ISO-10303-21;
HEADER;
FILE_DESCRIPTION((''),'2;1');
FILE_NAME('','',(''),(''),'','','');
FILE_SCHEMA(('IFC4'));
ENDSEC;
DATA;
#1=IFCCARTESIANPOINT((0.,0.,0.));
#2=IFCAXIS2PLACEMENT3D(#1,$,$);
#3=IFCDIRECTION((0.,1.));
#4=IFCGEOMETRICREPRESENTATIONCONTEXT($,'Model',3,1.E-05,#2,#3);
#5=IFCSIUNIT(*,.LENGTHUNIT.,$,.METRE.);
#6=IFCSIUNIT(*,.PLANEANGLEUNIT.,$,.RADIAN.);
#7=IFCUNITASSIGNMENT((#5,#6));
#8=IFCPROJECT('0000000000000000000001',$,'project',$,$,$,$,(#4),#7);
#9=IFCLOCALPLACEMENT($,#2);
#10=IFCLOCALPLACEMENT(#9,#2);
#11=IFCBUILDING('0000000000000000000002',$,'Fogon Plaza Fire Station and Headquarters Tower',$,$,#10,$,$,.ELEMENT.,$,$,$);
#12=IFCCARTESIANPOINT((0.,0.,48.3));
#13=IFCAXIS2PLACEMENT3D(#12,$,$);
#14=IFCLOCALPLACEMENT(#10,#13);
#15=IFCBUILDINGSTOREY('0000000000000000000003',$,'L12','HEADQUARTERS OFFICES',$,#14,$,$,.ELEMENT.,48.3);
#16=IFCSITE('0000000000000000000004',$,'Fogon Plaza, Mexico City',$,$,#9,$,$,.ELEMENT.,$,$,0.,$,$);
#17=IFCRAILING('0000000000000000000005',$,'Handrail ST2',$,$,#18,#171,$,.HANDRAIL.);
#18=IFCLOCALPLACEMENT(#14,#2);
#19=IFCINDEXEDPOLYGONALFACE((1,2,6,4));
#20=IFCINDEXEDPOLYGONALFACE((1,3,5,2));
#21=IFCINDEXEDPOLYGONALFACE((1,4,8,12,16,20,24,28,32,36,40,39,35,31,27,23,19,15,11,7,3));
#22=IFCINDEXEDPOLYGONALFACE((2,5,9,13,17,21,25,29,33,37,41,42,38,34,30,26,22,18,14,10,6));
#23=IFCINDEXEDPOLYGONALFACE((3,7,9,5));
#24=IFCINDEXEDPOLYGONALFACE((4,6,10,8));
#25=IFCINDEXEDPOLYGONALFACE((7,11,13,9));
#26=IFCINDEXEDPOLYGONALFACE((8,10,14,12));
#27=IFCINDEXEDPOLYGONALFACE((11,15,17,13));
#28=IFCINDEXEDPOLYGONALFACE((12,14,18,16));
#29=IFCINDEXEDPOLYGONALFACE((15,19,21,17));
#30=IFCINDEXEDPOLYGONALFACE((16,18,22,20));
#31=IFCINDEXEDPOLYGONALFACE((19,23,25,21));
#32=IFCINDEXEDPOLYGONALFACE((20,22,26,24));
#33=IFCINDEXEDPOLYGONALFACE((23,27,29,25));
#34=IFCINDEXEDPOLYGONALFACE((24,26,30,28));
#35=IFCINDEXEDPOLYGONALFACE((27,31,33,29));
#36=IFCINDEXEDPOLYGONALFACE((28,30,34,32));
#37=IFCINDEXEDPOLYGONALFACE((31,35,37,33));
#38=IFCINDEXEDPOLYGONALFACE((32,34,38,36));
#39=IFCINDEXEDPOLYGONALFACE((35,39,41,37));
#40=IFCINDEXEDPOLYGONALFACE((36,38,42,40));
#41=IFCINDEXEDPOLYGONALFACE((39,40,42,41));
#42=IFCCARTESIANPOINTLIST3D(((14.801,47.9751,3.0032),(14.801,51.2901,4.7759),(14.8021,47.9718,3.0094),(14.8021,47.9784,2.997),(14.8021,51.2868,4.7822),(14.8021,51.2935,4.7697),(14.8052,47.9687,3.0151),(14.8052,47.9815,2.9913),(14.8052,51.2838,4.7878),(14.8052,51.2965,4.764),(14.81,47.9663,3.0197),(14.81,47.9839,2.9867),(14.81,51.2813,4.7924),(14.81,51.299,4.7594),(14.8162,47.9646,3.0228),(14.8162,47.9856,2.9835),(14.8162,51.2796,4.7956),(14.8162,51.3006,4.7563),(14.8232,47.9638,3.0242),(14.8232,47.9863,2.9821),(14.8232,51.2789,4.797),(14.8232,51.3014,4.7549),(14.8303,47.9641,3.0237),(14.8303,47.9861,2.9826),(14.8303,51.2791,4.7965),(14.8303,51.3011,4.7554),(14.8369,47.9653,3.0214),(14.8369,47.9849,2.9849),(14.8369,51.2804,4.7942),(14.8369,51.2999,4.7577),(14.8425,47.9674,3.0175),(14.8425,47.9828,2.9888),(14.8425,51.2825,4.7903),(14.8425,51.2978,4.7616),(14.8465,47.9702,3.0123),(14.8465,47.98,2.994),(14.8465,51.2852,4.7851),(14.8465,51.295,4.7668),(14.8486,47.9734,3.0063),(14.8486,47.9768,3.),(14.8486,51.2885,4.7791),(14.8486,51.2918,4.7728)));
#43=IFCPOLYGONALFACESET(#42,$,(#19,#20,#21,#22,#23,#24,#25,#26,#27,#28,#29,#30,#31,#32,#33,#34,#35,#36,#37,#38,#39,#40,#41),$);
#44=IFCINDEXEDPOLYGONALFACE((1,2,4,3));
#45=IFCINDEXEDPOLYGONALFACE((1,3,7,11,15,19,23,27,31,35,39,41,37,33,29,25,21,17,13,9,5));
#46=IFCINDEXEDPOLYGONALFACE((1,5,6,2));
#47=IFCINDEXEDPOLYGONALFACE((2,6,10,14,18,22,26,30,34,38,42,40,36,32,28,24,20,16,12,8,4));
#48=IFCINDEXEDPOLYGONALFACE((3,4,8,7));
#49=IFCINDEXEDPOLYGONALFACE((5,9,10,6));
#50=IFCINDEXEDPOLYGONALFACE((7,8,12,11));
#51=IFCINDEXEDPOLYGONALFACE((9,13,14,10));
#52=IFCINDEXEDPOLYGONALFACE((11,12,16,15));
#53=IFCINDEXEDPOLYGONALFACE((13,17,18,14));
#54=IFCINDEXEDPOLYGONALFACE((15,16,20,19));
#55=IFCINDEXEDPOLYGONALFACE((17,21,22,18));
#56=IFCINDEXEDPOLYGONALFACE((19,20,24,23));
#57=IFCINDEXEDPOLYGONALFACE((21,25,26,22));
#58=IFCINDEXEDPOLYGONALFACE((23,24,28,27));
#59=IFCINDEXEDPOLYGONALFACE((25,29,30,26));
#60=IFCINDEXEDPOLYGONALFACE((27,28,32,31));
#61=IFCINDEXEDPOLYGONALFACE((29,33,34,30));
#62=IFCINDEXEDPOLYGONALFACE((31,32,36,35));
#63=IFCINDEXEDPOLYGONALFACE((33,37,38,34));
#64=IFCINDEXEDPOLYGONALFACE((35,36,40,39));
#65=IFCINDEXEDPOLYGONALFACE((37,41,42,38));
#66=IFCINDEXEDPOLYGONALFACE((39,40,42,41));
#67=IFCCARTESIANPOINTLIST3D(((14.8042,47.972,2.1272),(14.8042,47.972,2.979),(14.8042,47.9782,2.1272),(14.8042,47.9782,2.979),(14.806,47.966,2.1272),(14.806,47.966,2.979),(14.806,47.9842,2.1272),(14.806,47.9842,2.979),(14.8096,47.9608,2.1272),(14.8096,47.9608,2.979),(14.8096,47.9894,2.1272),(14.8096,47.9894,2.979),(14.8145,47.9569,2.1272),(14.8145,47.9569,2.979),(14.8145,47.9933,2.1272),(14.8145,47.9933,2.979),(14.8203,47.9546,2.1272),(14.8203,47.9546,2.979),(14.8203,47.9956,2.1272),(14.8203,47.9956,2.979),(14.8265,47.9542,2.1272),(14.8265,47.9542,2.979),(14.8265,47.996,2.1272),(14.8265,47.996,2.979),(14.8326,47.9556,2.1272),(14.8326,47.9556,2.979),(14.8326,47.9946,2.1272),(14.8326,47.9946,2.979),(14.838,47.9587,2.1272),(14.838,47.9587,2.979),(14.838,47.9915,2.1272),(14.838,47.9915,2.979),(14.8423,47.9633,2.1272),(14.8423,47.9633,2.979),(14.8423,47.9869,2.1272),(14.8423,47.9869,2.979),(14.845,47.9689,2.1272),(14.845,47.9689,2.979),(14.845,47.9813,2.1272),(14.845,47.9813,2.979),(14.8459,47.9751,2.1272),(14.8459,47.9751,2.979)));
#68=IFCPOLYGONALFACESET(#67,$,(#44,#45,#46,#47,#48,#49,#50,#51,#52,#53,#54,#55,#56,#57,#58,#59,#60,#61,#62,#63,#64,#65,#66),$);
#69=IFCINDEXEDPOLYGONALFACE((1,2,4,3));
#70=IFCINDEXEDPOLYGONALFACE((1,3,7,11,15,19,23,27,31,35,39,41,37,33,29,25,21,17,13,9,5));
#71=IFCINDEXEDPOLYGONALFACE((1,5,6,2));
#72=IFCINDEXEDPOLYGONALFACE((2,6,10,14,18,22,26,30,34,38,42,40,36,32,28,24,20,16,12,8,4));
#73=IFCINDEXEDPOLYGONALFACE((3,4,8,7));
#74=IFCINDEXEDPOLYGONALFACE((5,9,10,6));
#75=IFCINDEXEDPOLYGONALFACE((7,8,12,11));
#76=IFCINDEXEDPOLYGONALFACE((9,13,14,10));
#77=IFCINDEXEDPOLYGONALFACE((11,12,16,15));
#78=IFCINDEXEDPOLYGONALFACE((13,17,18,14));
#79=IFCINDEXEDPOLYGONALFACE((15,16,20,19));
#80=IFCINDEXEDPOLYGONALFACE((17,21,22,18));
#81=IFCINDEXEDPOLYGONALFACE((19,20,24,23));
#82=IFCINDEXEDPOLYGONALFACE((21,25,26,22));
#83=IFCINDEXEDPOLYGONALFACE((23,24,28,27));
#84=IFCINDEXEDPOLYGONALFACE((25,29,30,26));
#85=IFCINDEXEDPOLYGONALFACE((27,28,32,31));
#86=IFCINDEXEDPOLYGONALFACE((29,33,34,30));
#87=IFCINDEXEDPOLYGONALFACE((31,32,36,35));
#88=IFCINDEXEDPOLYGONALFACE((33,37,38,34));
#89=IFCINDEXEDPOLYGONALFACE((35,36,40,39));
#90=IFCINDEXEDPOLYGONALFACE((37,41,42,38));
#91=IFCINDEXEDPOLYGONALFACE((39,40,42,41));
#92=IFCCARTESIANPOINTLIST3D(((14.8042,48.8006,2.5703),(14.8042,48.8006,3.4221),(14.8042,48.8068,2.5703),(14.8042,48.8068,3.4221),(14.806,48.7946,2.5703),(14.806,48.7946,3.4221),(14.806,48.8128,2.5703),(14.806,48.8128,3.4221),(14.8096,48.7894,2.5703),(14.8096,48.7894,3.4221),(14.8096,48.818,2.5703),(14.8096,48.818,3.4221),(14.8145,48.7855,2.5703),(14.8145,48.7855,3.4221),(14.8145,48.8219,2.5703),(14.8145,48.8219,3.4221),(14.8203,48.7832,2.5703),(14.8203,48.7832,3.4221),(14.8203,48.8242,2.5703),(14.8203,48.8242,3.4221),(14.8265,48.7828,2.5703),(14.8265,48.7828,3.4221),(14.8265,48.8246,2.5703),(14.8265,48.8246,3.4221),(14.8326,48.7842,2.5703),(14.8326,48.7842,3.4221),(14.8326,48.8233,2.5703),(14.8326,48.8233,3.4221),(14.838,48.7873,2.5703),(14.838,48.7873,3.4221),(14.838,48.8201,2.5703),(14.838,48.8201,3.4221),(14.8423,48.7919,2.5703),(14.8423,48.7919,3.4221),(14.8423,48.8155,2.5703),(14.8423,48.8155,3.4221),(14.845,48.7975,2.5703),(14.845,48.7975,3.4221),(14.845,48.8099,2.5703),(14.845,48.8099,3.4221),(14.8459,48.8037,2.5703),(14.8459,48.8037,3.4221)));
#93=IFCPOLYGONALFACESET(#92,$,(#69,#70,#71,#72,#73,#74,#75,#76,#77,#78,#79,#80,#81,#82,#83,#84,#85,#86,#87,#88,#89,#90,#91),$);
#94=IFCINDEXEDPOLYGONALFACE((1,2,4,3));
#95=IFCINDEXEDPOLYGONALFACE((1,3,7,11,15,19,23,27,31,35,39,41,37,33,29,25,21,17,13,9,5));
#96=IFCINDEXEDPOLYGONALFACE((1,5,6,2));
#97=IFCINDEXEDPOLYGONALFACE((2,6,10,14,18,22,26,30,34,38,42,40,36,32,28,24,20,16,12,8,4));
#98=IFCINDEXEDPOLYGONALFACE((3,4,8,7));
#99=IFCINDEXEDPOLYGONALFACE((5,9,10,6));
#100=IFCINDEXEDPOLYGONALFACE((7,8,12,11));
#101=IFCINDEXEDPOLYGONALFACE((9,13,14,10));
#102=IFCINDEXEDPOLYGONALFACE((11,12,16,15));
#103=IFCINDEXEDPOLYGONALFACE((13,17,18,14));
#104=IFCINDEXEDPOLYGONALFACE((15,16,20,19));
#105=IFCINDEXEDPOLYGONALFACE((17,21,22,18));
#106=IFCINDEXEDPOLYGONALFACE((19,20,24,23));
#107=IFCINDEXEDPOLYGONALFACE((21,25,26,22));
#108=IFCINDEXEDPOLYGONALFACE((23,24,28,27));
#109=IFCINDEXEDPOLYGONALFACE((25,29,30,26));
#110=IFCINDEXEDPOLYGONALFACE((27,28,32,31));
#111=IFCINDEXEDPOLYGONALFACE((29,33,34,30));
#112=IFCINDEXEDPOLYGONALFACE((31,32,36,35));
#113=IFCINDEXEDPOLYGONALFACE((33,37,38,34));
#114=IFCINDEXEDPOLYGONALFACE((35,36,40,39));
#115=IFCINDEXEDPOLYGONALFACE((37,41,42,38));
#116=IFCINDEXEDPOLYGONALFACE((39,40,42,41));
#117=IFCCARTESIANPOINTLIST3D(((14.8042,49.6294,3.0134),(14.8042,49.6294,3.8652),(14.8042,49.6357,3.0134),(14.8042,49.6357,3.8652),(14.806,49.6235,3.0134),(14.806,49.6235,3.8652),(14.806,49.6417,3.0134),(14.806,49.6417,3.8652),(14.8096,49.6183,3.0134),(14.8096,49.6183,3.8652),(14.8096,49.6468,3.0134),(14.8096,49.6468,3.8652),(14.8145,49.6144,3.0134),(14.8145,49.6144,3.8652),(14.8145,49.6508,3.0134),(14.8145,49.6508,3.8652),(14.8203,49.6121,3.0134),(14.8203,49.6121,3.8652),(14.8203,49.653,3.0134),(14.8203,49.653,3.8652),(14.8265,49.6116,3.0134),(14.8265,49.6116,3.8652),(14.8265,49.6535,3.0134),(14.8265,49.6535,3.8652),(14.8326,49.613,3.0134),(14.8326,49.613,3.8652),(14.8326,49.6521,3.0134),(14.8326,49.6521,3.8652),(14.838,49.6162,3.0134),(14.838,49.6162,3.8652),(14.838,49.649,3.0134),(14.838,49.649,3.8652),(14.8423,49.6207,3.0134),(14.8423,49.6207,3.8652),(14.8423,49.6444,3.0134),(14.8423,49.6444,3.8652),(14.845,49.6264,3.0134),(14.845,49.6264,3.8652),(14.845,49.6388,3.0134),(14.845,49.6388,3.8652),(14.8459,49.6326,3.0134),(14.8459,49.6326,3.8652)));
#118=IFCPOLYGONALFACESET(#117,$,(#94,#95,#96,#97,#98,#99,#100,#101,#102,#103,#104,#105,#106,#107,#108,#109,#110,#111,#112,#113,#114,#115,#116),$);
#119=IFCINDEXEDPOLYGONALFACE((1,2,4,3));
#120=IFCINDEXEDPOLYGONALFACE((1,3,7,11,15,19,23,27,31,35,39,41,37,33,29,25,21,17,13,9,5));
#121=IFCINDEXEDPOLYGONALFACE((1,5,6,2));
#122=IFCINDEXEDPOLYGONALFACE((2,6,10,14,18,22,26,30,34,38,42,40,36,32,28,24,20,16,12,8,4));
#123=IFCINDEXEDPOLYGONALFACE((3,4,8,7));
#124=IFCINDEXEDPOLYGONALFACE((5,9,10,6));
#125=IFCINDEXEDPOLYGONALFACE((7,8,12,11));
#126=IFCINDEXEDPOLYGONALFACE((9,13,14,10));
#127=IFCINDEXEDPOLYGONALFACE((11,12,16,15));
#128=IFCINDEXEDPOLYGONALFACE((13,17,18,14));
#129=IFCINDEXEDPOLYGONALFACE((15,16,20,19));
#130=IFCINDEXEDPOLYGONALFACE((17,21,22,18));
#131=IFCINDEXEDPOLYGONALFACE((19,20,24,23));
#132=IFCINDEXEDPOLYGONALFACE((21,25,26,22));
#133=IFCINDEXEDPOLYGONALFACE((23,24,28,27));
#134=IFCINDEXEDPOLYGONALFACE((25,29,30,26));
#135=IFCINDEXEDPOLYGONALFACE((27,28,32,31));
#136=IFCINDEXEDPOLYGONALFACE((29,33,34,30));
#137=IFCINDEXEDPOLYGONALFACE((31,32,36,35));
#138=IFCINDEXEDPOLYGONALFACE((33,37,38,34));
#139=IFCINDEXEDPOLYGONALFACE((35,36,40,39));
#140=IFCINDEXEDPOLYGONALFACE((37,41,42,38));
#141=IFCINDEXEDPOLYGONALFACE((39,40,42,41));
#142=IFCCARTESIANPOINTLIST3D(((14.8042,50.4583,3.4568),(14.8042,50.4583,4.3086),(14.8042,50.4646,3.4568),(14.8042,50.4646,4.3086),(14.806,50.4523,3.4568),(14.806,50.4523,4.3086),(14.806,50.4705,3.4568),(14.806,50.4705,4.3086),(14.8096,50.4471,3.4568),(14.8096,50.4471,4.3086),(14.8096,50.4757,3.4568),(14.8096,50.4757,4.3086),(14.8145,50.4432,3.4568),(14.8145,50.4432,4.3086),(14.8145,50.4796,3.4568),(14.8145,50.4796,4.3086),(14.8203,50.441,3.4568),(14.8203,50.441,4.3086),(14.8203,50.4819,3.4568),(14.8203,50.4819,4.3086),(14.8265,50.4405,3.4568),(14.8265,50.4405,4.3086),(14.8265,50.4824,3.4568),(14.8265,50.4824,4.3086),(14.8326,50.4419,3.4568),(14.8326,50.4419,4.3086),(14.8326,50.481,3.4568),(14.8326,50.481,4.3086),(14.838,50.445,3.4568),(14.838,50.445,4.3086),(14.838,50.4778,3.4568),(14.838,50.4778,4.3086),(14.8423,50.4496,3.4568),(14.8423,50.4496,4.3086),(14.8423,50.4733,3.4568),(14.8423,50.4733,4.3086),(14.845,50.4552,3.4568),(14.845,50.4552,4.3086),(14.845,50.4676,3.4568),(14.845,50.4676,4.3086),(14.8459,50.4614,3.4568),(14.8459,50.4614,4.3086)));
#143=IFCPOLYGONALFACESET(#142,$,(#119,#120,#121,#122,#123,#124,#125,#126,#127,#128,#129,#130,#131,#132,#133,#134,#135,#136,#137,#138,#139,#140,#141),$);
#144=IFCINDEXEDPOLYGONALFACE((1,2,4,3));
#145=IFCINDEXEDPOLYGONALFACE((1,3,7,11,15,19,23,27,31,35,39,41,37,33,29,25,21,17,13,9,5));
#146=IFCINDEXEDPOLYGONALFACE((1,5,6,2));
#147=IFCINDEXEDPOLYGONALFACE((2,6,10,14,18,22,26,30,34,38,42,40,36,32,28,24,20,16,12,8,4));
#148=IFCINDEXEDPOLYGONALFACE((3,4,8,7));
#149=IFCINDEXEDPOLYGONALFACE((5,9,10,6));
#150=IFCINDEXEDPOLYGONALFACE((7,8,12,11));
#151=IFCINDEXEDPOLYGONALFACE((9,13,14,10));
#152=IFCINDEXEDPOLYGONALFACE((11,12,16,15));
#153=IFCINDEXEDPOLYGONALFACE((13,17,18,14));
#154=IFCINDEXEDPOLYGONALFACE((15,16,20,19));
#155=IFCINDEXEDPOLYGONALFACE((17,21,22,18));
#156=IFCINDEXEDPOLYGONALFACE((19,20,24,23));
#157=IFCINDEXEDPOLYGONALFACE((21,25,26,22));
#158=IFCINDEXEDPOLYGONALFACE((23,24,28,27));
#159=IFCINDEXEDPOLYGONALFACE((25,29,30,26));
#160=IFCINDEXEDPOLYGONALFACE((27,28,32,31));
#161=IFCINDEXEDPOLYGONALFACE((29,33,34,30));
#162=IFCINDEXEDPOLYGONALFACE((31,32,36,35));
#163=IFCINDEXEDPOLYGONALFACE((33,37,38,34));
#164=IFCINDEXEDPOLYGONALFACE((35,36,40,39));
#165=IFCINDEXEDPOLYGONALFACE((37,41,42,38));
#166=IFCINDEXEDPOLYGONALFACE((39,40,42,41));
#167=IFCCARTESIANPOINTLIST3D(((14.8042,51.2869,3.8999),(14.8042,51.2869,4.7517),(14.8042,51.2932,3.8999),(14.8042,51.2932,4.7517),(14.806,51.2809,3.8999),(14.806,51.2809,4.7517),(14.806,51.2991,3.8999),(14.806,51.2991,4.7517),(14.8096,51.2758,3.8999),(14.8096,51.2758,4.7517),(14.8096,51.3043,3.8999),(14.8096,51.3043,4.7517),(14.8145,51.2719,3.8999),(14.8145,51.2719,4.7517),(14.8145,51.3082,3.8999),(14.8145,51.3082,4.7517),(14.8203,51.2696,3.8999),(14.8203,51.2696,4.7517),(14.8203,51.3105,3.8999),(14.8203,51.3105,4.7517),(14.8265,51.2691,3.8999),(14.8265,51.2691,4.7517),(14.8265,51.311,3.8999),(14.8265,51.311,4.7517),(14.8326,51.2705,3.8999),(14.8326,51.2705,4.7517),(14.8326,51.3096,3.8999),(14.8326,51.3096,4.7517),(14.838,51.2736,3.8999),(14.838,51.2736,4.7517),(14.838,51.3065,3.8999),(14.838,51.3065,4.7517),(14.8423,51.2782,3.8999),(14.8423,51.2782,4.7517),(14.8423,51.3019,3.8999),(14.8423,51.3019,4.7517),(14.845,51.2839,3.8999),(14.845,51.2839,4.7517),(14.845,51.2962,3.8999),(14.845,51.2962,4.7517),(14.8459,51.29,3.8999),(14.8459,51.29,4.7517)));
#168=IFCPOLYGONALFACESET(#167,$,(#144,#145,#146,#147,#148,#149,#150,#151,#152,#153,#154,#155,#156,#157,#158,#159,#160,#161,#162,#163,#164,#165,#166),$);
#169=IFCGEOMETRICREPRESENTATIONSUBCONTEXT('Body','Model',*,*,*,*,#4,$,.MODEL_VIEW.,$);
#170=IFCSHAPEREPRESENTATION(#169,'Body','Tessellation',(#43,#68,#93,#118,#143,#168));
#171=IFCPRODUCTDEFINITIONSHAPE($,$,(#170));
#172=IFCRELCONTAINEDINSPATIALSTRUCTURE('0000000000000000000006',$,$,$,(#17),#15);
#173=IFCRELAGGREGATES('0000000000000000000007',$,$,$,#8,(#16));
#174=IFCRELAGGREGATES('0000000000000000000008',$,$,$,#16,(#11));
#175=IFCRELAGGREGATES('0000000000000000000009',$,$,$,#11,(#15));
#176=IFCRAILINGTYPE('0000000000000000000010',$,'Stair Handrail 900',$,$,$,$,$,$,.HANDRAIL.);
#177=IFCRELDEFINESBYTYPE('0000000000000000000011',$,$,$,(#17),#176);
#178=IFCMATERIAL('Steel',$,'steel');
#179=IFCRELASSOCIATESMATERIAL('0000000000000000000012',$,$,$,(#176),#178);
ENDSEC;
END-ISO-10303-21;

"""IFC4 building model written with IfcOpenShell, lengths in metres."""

from ifc_helpers import new_model, si_unit, direction, frame, origin, origin_2d, place, context, subcontext, project, spatial, circle, extrude, material, type_object, element, save


model = new_model("IFC4")

# Units and contexts
model_context = context("Model", 3, precision=1e-05, world=origin(), true_north=direction((0.0, 1.0)))
body_context = subcontext(model_context, "Body", "Model", "MODEL_VIEW")
ifc_project = project(units=[si_unit("LENGTHUNIT", "METRE"), si_unit("PLANEANGLEUNIT", "RADIAN")], contexts=[model_context])

# Site, building, storey
site_placement = place(None, origin())
site = spatial("IfcSite", under=ifc_project, at=site_placement, Name="Fogon Plaza, Mexico City", CompositionType="ELEMENT", RefElevation=0.0)
building_placement = place(site_placement, origin())
building = spatial("IfcBuilding", under=site, at=building_placement, Name="Fogon Plaza Fire Station and Headquarters Tower", CompositionType="ELEMENT")
storey_placement = place(building_placement, frame((0.0, 0.0, 48.3)))
storey = spatial("IfcBuildingStorey", under=building, at=storey_placement, Name="L12", Description="HEADQUARTERS OFFICES", CompositionType="ELEMENT", Elevation=48.3)

# Railing
ifc_material_1 = material(Name="Steel", Category="steel")
railing_type = type_object("IfcRailingType", Name="Stair Handrail 900", PredefinedType="HANDRAIL", material=ifc_material_1)
for number, where, name in (
    (1, (14.825, 47.9751, 2.1272), "Handrail ST2"),
):
    element("IfcRailing", number, at=place(storey_placement, frame(where)), inside=storey, type_object=railing_type, Name=name, PredefinedType="HANDRAIL", context=body_context, shape_type="SweptSolid", body=[
        extrude(circle(Radius=0.0239, at=origin_2d()), frame((0.0, 0.0, 0.876), z_axis=(0.0, 0.881829, 0.471569), x_axis=(-1.0, 0.0, 0.0)), (0.0, 0.0, 1.0), 3.7593),
        extrude(circle(Radius=0.021, at=origin_2d()), origin(), (0.0, 0.0, 1.0), 0.8518),
        extrude(circle(Radius=0.021, at=origin_2d()), frame((0.0, 0.8286, 0.4431)), (0.0, 0.0, 1.0), 0.8518),
        extrude(circle(Radius=0.021, at=origin_2d()), frame((0.0, 1.6575, 0.8862)), (0.0, 0.0, 1.0), 0.8518),
        extrude(circle(Radius=0.021, at=origin_2d()), frame((0.0, 2.4863, 1.3296)), (0.0, 0.0, 1.0), 0.8518),
        extrude(circle(Radius=0.021, at=origin_2d()), frame((0.0, 3.3149, 1.7727)), (0.0, 0.0, 1.0), 0.8518),
    ])

save(model, "model.ifc")
